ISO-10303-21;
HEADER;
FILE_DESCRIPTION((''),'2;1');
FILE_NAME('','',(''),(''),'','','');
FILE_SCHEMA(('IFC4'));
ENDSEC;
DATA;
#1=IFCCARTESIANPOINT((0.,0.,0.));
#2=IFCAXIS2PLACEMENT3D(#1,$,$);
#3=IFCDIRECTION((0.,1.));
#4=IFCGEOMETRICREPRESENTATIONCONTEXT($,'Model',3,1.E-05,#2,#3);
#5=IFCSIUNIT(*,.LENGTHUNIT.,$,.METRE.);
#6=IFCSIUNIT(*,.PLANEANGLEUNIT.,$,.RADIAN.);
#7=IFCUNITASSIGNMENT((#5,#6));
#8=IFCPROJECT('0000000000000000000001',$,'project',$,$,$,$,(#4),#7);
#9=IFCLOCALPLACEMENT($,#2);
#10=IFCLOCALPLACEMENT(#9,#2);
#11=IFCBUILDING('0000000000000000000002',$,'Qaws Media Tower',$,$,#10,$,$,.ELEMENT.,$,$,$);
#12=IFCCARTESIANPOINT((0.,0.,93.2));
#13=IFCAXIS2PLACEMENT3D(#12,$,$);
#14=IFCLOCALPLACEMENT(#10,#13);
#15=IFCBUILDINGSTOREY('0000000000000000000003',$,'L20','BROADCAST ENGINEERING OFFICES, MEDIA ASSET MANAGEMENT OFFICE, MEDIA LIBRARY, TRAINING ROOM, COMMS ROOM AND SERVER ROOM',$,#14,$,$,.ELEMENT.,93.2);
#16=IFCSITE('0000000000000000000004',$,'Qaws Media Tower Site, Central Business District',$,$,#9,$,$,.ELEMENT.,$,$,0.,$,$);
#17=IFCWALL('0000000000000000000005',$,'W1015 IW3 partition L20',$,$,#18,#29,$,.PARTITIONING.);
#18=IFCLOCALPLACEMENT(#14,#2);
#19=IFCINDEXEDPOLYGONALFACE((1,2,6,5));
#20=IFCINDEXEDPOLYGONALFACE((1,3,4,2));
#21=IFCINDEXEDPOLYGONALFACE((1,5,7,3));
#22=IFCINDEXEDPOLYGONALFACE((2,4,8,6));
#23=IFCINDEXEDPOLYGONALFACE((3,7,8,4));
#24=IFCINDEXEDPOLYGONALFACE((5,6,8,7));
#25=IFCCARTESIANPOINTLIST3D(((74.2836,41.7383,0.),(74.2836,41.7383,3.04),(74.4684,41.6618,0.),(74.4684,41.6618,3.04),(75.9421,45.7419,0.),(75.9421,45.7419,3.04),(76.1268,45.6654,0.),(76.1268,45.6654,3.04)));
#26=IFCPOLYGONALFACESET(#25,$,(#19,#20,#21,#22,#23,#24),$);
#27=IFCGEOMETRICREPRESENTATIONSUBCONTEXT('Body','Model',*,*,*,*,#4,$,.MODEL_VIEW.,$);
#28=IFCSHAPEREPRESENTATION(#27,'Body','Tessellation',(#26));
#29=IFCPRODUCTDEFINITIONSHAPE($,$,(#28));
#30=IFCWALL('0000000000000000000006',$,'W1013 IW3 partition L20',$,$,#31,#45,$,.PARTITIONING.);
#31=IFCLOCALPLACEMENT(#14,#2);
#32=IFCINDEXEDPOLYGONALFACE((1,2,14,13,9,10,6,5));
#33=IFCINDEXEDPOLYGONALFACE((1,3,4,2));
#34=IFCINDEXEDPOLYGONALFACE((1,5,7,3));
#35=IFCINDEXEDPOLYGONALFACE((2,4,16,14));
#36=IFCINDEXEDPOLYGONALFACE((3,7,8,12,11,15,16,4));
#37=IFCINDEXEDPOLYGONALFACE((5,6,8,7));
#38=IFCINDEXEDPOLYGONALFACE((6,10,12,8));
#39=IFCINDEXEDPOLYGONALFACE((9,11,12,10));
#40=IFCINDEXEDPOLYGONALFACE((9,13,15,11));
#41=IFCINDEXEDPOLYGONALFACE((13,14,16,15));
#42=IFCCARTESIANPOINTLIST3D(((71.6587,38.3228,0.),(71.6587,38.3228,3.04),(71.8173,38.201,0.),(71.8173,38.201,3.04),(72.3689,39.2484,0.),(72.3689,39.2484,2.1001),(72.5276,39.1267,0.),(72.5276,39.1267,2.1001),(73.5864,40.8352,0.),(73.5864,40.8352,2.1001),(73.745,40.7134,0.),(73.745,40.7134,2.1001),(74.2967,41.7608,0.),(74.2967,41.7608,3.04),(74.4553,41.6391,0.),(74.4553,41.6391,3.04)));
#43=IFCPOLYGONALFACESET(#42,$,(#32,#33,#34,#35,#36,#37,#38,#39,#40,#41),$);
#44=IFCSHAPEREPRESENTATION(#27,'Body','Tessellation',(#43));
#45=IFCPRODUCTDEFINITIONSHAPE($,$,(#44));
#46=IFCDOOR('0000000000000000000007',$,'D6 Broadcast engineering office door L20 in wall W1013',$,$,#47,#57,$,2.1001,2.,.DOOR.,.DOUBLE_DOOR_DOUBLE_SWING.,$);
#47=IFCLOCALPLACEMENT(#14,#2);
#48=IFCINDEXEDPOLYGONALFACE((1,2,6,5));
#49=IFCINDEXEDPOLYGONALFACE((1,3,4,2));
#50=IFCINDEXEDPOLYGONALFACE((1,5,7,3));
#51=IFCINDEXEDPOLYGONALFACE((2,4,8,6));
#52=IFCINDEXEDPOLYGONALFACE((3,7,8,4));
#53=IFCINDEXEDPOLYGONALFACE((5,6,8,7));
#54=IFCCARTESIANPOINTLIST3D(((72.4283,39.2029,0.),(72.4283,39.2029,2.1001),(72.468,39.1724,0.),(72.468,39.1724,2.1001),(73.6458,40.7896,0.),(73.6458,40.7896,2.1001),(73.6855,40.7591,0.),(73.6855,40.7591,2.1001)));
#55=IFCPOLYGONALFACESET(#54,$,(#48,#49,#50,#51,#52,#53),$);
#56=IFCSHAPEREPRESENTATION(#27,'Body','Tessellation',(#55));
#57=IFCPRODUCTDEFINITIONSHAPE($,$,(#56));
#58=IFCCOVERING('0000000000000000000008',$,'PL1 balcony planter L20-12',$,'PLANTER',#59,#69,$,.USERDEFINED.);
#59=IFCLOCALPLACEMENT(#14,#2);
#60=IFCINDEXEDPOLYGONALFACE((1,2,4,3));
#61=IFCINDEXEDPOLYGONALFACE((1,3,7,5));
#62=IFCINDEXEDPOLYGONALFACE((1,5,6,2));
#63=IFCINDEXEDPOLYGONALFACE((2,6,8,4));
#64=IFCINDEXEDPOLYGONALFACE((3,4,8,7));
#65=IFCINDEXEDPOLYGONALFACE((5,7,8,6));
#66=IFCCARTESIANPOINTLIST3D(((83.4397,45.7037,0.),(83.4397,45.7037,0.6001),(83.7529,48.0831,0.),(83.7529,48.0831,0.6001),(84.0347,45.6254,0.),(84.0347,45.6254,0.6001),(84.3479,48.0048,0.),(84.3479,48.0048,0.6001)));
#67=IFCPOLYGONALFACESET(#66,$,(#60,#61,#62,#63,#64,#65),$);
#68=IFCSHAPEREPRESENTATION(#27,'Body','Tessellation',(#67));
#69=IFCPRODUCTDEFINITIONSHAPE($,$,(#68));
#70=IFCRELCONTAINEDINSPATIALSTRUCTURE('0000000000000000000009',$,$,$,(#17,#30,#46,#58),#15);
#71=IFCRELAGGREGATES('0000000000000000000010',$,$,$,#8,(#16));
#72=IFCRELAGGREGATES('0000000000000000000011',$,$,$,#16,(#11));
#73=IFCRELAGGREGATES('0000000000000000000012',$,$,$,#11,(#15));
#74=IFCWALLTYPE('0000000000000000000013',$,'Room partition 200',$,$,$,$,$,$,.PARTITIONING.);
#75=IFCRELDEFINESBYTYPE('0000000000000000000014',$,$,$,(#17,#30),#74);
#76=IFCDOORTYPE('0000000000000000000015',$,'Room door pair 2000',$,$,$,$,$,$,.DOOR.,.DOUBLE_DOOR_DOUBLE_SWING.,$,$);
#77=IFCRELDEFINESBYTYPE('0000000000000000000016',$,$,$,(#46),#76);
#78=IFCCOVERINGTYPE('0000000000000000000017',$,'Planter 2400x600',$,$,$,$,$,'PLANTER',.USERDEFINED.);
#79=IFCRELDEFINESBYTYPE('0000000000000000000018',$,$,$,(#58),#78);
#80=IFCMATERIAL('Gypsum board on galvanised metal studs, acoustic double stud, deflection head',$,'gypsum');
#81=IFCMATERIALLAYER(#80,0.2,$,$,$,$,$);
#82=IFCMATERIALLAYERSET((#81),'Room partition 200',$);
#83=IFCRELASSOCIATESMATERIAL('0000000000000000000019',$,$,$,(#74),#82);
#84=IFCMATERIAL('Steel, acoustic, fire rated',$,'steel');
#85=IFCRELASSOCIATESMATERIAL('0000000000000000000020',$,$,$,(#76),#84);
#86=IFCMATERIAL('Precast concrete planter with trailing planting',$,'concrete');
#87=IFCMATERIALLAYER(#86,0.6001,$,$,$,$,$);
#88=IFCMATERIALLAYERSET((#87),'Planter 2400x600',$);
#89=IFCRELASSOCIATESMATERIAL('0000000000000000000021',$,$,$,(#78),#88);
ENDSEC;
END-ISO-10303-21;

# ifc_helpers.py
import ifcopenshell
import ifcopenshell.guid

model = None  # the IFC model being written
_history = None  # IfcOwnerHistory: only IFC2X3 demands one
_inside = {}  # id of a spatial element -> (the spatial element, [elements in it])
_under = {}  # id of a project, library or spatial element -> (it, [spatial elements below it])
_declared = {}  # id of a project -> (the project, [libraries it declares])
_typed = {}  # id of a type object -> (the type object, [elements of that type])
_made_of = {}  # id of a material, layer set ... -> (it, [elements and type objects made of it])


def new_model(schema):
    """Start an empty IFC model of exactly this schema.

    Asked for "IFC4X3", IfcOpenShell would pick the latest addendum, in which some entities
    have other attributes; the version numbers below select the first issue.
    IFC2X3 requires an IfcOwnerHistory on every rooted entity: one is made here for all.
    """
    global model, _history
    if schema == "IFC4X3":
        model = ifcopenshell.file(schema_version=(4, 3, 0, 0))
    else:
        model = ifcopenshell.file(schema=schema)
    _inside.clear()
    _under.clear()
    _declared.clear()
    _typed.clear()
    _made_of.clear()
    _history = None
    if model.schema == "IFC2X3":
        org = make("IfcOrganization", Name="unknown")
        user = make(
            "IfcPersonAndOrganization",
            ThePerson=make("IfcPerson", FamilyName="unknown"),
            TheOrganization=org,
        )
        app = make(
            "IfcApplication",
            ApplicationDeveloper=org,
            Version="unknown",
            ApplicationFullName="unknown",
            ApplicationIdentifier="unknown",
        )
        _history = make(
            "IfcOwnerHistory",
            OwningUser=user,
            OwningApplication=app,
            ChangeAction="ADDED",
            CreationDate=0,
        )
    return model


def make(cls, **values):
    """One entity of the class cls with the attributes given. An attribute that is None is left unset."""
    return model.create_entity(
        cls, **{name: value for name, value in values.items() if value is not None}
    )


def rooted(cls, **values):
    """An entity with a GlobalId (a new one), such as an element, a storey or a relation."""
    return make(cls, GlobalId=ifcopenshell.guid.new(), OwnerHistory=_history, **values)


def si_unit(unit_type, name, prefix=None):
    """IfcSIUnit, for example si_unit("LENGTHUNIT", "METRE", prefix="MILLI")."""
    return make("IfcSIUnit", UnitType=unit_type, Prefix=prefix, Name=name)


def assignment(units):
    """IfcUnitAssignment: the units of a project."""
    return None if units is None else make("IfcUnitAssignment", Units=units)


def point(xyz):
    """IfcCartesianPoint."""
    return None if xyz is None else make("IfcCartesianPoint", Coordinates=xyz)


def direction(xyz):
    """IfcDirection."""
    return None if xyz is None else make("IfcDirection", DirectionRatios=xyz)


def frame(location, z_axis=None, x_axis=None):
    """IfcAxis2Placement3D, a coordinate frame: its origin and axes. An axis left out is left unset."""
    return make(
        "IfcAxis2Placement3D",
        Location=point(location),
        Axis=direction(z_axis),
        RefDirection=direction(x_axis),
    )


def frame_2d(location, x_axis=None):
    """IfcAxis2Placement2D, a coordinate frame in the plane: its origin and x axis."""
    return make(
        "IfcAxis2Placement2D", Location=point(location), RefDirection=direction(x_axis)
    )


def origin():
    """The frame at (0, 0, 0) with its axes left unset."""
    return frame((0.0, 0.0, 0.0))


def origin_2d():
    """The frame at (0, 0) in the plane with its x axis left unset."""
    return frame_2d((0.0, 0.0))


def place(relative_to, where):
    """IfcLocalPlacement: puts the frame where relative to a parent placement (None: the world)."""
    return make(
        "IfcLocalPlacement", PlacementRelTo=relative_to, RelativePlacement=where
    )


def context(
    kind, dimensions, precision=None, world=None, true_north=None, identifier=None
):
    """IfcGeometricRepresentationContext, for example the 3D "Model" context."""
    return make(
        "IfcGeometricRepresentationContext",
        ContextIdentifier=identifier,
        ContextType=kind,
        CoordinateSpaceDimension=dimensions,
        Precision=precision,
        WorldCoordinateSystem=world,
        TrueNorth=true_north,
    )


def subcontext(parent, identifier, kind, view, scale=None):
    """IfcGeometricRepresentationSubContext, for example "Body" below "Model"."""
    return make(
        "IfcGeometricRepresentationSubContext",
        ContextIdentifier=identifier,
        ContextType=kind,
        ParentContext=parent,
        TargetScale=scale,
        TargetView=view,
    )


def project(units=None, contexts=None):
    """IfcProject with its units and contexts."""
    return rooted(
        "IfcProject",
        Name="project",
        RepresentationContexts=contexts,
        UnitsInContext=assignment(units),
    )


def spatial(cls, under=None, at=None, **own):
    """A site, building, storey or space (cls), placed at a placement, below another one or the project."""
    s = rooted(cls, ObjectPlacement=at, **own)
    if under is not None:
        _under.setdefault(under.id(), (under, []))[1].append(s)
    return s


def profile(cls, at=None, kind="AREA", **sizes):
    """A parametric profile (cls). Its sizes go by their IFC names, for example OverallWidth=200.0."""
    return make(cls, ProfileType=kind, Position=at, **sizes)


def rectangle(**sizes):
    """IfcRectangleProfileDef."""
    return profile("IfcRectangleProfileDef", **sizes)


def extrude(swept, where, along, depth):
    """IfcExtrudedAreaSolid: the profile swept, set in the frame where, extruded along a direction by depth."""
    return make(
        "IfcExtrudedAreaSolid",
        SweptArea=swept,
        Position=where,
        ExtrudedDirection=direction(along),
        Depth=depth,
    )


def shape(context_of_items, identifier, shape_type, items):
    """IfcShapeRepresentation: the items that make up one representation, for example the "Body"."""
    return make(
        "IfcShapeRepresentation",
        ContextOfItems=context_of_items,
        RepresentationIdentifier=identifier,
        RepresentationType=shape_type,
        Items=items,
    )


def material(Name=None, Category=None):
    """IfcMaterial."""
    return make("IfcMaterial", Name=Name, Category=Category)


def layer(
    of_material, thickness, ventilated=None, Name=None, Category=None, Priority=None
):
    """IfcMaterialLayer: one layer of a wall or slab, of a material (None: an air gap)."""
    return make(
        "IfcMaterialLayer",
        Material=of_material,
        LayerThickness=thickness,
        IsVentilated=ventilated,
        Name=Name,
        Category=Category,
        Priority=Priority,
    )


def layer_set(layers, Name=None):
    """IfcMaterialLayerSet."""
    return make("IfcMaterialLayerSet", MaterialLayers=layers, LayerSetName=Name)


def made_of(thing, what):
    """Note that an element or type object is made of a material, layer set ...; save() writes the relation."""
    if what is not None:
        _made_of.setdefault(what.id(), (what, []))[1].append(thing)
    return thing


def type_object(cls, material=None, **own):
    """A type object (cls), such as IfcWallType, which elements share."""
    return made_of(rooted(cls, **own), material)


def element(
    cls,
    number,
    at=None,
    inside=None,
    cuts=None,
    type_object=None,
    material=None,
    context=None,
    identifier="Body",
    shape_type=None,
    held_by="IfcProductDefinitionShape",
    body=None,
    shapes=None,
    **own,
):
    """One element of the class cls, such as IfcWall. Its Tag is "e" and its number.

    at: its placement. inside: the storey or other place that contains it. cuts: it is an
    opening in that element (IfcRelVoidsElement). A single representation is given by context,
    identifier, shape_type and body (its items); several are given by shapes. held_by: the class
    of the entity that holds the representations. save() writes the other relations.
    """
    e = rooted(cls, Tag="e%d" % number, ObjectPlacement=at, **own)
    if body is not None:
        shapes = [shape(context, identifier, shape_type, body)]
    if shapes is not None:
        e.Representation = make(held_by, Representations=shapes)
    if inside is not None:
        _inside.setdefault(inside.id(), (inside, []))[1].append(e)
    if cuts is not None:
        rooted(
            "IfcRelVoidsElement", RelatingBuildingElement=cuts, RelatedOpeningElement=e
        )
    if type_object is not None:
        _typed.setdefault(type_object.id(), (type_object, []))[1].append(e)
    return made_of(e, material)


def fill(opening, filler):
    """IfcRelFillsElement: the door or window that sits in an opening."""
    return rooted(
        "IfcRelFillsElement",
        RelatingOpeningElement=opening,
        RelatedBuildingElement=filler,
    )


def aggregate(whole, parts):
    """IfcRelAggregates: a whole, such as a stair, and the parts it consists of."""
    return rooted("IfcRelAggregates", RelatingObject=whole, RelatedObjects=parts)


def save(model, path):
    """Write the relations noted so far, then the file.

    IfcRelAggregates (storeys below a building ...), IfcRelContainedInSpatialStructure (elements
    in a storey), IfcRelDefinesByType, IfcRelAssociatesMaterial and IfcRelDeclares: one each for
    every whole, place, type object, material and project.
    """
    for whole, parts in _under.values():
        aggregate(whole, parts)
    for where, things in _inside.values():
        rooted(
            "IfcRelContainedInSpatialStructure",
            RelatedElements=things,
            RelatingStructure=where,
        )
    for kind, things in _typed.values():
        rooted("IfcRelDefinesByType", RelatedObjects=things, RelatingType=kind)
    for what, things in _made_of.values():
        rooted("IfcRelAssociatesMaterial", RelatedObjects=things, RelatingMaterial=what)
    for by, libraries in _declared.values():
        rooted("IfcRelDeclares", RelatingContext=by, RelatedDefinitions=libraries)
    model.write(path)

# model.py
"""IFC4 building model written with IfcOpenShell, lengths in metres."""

from ifc_helpers import new_model, si_unit, direction, frame, frame_2d, origin, origin_2d, place, context, subcontext, project, spatial, rectangle, extrude, material, layer, layer_set, type_object, element, fill, save


model = new_model("IFC4")

# Units and contexts
model_context = context("Model", 3, precision=1e-05, world=origin(), true_north=direction((0.0, 1.0)))
body_context = subcontext(model_context, "Body", "Model", "MODEL_VIEW")
ifc_project = project(units=[si_unit("LENGTHUNIT", "METRE"), si_unit("PLANEANGLEUNIT", "RADIAN")], contexts=[model_context])

# Site, building, storey
site_placement = place(None, origin())
site = spatial("IfcSite", under=ifc_project, at=site_placement, Name="Qaws Media Tower Site, Central Business District", CompositionType="ELEMENT", RefElevation=0.0)
building_placement = place(site_placement, origin())
building = spatial("IfcBuilding", under=site, at=building_placement, Name="Qaws Media Tower", CompositionType="ELEMENT")
storey_placement = place(building_placement, frame((0.0, 0.0, 93.2)))
storey = spatial("IfcBuildingStorey", under=building, at=storey_placement, Name="L20", Description="BROADCAST ENGINEERING OFFICES, MEDIA ASSET MANAGEMENT OFFICE, MEDIA LIBRARY, TRAINING ROOM, COMMS ROOM AND SERVER ROOM", CompositionType="ELEMENT", Elevation=93.2)

# Wall
ifc_material_1 = material(Name="Gypsum board on galvanised metal studs, acoustic double stud, deflection head", Category="gypsum")
ifc_layer_1 = layer(ifc_material_1, 0.2)
ifc_layer_set_1 = layer_set([ifc_layer_1], Name="Room partition 200")
wall_type_1 = type_object("IfcWallType", Name="Room partition 200", PredefinedType="PARTITIONING", material=ifc_layer_set_1)
wall_1_placement = place(storey_placement, frame((76.0344, 45.7036, 0.0), z_axis=(0.0, 0.0, 1.0), x_axis=(-0.382698, -0.923873, 0.0)))
element("IfcWall", 1, at=wall_1_placement, inside=storey, type_object=wall_type_1, Name="W1015 IW3 partition L20", PredefinedType="PARTITIONING", context=body_context, shape_type="SweptSolid", body=[
    extrude(rectangle(XDim=4.3335, YDim=0.2, at=frame_2d((2.1667, 0.0))), origin(), (0.0, 0.0, 1.0), 3.04),
])

# Wall, opening, door
wall_2_placement = place(storey_placement, frame((74.376, 41.7, 0.0), z_axis=(0.0, 0.0, 1.0), x_axis=(-0.608744, -0.793367, 0.0)))
wall_2 = element("IfcWall", 2, at=wall_2_placement, inside=storey, type_object=wall_type_1, Name="W1013 IW3 partition L20", PredefinedType="PARTITIONING", context=body_context, shape_type="SweptSolid", body=[
    extrude(rectangle(XDim=4.3335, YDim=0.2, at=frame_2d((2.1667, 0.0))), origin(), (0.0, 0.0, 1.0), 3.04),
])
opening_placement = place(wall_2_placement, frame((1.1667, 0.0, 0.0)))
opening = element("IfcOpeningElement", 3, at=opening_placement, cuts=wall_2, PredefinedType="OPENING", context=body_context, shape_type="SweptSolid", body=[
    extrude(rectangle(XDim=2.0, YDim=2.1001, at=frame_2d((1.0, 1.05))), frame((0.0, 0.1099, 0.0), z_axis=(0.0, -1.0, 0.0), x_axis=(1.0, 0.0, 0.0)), (0.0, 0.0, 1.0), 0.22),
])
ifc_material_2 = material(Name="Steel, acoustic, fire rated", Category="steel")
door_type = type_object("IfcDoorType", Name="Room door pair 2000", OperationType="DOUBLE_DOOR_DOUBLE_SWING", PredefinedType="DOOR", material=ifc_material_2)
door_placement = place(opening_placement, origin())
door = element("IfcDoor", 4, at=door_placement, inside=storey, type_object=door_type, Name="D6 Broadcast engineering office door L20 in wall W1013", OperationType="DOUBLE_DOOR_DOUBLE_SWING", OverallHeight=2.1001, OverallWidth=2.0, PredefinedType="DOOR", context=body_context, shape_type="SweptSolid", body=[
    extrude(rectangle(XDim=2.0, YDim=2.1001, at=frame_2d((1.0, 1.05))), frame((0.0, 0.0249, 0.0), z_axis=(0.0, -1.0, 0.0), x_axis=(1.0, 0.0, 0.0)), (0.0, 0.0, 1.0), 0.05),
])
fill(opening, door)

# Covering
ifc_material_3 = material(Name="Precast concrete planter with trailing planting", Category="concrete")
ifc_layer_2 = layer(ifc_material_3, 0.6001)
ifc_layer_set_2 = layer_set([ifc_layer_2], Name="Planter 2400x600")
covering_type = type_object("IfcCoveringType", Name="Planter 2400x600", ElementType="PLANTER", PredefinedType="USERDEFINED", material=ifc_layer_set_2)
covering_placement = place(storey_placement, frame((83.8938, 46.8542, 0.0), z_axis=(0.0, 0.0, 1.0), x_axis=(0.130526, 0.991445, 0.0)))
element("IfcCovering", 5, at=covering_placement, inside=storey, type_object=covering_type, Name="PL1 balcony planter L20-12", ObjectType="PLANTER", PredefinedType="USERDEFINED", context=body_context, shape_type="SweptSolid", body=[
    extrude(rectangle(XDim=2.3999, YDim=0.6001, at=origin_2d()), origin(), (0.0, 0.0, 1.0), 0.6001),
])

save(model, "model.ifc")
